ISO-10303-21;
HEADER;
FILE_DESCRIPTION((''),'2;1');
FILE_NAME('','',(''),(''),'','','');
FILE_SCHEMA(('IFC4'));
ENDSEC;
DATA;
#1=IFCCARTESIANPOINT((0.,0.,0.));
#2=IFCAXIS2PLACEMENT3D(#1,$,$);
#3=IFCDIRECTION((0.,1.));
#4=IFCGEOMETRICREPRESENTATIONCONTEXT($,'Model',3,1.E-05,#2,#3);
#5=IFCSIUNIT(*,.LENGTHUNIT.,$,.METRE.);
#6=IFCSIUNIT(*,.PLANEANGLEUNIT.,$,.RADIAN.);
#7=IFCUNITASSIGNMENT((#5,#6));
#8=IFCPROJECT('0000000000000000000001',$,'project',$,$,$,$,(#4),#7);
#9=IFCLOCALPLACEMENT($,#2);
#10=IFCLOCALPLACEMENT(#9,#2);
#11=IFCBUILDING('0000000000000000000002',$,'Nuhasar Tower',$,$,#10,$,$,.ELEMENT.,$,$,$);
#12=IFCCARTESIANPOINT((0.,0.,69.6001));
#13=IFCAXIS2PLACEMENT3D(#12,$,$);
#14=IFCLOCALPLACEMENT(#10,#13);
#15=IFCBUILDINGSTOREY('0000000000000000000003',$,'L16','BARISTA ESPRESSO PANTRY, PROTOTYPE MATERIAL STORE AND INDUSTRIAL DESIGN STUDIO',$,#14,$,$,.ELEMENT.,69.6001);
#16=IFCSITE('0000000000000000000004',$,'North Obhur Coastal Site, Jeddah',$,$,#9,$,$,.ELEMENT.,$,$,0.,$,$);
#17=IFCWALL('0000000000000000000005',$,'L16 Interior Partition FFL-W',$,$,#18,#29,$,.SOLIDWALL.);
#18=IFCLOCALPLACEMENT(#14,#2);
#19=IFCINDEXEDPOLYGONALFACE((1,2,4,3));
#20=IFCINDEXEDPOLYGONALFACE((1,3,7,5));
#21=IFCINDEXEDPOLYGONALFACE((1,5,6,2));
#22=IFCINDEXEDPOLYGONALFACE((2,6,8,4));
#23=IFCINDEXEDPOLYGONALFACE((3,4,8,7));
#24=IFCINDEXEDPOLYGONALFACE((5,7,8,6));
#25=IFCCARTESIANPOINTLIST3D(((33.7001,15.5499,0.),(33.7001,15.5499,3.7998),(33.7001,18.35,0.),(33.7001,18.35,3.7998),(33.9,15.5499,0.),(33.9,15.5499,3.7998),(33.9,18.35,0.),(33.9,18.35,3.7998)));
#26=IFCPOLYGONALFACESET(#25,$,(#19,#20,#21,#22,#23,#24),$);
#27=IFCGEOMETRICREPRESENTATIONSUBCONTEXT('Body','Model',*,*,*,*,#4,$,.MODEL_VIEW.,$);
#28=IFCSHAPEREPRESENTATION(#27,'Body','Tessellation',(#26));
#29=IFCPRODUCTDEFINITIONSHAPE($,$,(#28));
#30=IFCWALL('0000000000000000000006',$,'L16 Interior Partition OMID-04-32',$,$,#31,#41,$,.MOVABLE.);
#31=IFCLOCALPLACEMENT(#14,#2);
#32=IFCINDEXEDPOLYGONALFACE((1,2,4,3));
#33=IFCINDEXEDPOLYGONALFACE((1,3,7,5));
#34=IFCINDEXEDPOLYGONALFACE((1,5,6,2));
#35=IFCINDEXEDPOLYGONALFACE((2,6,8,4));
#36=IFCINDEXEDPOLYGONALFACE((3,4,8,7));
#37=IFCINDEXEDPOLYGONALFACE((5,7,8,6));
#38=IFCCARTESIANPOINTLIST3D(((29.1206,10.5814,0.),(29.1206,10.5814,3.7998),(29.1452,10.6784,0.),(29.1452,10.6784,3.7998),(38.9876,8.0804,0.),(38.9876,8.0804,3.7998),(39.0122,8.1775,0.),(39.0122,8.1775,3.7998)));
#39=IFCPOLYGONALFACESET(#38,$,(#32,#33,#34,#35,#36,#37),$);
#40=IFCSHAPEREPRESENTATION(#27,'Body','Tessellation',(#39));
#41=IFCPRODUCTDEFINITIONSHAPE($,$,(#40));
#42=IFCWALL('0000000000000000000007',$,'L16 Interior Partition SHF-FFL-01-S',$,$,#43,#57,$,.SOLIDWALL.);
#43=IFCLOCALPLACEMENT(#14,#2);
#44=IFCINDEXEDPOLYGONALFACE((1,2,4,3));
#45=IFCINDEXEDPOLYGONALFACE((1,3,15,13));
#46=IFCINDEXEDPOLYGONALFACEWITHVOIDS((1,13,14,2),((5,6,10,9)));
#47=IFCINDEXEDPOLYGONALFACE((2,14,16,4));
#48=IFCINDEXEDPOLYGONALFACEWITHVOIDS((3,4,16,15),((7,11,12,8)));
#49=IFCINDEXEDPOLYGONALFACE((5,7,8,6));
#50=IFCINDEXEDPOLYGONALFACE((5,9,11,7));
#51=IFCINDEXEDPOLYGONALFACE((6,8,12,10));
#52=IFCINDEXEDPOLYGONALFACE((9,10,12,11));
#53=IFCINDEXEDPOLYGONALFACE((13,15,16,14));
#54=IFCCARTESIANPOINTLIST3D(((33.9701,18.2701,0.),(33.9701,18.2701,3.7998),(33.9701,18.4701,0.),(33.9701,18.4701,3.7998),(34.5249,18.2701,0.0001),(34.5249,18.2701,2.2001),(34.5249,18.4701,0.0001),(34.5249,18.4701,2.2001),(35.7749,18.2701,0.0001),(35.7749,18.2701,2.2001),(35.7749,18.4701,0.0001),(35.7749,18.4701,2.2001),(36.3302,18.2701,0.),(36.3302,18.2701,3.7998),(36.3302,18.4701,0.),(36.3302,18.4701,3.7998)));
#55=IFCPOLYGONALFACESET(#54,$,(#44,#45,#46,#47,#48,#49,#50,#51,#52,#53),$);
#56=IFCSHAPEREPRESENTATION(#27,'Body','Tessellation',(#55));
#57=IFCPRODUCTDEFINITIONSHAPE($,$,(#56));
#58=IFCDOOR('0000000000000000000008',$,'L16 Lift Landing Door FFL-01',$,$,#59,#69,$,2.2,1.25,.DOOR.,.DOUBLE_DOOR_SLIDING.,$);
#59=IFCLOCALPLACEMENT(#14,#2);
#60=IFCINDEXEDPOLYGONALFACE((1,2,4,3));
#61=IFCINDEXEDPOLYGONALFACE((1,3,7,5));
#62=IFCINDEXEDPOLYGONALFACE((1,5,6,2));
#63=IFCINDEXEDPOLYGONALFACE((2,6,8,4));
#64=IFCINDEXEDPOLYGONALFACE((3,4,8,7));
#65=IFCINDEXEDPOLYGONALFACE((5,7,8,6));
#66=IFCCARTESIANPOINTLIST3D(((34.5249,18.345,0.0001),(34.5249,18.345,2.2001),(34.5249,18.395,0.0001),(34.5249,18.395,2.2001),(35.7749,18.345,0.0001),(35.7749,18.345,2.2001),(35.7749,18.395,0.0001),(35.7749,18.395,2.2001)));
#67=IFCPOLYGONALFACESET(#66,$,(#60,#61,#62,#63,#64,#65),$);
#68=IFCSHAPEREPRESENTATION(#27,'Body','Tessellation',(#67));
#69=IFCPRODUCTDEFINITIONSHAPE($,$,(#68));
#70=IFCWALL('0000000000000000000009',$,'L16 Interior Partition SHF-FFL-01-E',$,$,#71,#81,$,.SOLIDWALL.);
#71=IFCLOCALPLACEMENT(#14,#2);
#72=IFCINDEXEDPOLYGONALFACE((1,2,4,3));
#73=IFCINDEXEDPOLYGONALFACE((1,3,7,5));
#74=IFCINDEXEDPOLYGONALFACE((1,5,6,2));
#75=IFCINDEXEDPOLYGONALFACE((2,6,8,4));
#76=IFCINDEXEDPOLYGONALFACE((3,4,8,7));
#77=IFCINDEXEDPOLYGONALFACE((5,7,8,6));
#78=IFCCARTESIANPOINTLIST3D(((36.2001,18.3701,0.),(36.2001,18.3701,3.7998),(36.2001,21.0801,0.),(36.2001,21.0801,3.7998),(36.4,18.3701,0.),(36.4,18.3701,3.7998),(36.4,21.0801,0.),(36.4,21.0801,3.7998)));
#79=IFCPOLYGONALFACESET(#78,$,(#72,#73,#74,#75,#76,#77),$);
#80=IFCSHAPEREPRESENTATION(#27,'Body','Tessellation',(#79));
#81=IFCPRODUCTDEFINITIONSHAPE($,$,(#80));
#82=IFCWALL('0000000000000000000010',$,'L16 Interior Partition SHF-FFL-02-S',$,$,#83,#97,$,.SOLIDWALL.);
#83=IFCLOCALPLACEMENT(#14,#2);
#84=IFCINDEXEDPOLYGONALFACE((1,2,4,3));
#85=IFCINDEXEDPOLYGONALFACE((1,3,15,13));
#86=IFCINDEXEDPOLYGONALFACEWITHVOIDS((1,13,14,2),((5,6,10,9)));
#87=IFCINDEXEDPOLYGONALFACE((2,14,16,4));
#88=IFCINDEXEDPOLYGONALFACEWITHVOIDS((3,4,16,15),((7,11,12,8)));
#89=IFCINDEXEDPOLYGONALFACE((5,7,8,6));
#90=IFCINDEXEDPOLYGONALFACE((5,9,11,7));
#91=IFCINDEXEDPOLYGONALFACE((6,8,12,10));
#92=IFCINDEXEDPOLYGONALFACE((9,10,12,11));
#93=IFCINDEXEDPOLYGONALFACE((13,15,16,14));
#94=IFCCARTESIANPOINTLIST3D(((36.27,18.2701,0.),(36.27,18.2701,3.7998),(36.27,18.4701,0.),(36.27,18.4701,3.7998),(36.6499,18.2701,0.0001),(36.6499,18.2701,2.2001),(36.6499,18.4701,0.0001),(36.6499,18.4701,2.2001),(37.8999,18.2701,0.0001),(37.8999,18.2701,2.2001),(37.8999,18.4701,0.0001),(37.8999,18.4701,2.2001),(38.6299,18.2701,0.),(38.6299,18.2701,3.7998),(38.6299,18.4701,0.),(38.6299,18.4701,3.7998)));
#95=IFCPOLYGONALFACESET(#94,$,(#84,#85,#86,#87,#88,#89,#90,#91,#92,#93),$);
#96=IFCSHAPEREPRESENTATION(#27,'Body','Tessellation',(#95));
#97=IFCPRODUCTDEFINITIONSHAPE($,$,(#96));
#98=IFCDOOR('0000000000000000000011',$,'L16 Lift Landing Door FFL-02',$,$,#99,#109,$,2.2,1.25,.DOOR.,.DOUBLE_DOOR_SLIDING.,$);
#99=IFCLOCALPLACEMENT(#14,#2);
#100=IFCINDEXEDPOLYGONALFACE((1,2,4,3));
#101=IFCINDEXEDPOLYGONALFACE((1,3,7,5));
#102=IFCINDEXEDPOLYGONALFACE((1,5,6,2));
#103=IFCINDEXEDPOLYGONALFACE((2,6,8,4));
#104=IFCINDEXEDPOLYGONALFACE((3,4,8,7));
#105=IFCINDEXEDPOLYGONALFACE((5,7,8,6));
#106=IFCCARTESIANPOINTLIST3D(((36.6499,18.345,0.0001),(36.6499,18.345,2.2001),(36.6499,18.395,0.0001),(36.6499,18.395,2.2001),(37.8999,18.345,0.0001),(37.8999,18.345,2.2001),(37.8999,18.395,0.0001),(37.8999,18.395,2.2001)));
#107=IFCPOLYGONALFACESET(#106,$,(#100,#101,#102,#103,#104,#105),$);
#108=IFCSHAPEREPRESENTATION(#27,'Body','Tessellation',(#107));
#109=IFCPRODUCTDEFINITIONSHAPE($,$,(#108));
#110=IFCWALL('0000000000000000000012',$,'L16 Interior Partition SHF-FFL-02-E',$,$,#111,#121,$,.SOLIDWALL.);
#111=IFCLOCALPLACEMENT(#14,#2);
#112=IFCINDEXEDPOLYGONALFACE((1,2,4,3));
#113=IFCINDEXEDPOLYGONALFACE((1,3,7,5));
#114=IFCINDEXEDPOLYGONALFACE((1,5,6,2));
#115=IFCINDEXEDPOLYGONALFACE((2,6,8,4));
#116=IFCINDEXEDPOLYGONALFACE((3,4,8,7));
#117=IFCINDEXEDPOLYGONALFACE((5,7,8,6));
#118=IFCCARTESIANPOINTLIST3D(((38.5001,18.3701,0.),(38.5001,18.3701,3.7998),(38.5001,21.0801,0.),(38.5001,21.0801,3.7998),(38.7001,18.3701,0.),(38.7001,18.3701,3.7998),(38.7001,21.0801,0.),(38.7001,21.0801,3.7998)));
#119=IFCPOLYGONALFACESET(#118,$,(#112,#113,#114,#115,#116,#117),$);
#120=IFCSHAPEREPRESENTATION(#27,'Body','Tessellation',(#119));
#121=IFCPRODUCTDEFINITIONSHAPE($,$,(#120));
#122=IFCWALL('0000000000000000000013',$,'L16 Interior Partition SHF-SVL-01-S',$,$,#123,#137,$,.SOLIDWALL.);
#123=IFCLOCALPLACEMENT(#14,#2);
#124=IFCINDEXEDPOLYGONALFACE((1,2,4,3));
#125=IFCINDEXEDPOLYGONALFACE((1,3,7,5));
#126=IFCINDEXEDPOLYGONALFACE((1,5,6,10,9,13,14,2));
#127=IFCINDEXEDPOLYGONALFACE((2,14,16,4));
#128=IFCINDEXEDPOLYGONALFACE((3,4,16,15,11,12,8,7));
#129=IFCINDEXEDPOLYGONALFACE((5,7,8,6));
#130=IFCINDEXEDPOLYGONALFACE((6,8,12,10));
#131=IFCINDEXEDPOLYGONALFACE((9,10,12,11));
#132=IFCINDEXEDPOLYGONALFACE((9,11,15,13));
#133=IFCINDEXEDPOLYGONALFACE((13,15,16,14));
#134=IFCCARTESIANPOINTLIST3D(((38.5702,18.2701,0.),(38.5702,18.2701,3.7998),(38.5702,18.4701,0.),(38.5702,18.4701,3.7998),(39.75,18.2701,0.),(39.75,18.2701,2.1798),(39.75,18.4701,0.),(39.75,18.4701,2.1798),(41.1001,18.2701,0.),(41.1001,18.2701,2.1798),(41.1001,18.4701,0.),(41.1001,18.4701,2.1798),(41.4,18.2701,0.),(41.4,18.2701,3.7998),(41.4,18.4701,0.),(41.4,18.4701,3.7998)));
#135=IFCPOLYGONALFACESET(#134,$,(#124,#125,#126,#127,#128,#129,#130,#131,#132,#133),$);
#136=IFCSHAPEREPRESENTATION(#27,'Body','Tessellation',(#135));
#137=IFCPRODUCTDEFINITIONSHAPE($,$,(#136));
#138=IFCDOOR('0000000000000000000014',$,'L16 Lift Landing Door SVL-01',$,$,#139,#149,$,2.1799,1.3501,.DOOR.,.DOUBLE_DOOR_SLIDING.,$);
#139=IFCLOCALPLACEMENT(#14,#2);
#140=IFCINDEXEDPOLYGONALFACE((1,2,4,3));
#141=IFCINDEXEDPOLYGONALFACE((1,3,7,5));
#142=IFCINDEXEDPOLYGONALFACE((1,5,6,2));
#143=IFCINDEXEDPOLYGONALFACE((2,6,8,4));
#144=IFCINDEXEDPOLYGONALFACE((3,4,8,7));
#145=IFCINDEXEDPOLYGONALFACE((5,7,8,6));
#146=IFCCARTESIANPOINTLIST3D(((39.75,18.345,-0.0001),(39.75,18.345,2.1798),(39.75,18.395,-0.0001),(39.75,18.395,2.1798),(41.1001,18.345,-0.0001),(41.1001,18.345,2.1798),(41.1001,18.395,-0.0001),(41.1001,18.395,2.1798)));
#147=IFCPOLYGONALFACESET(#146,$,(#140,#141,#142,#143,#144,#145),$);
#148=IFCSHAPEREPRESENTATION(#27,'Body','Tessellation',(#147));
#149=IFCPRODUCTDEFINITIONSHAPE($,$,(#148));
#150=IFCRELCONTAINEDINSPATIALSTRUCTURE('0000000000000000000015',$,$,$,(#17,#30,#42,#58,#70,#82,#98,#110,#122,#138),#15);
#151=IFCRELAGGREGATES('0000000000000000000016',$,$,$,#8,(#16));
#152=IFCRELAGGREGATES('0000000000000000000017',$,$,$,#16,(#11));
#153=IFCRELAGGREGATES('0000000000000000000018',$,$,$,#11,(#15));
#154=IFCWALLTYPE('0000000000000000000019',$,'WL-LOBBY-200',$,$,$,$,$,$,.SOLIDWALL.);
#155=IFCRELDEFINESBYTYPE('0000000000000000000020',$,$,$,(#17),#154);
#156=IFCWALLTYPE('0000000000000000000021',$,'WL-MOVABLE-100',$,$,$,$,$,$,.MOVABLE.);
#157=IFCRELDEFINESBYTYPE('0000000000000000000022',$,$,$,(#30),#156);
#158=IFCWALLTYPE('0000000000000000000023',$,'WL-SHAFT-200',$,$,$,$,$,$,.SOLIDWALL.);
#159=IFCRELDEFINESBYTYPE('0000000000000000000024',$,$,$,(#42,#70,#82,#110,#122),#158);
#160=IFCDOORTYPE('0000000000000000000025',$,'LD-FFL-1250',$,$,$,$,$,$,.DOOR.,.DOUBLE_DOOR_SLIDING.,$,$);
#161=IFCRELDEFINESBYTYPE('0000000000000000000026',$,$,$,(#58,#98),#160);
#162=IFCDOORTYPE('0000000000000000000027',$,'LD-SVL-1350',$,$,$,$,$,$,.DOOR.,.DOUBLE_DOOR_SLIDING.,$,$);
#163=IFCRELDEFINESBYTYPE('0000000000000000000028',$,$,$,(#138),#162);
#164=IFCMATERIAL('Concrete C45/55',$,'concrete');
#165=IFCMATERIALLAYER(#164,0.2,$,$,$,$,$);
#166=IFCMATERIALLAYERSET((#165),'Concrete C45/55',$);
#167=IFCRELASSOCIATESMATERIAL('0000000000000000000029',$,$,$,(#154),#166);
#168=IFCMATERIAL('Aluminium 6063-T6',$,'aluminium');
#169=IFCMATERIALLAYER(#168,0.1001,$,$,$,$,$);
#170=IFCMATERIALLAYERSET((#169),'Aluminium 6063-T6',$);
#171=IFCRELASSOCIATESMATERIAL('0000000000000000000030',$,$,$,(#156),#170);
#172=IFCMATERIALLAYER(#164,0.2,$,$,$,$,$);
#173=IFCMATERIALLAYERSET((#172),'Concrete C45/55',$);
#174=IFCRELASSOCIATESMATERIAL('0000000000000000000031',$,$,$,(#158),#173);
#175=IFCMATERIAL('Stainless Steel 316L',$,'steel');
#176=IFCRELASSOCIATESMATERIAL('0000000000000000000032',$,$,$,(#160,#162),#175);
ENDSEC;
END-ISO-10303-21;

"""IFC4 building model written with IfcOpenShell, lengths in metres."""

from ifc_helpers import new_model, si_unit, direction, frame, frame_2d, origin, place, context, subcontext, project, spatial, rectangle, extrude, material, layer, layer_set, type_object, element, fill, save


model = new_model("IFC4")

# Units and contexts
model_context = context("Model", 3, precision=1e-05, world=origin(), true_north=direction((0.0, 1.0)))
body_context = subcontext(model_context, "Body", "Model", "MODEL_VIEW")
ifc_project = project(units=[si_unit("LENGTHUNIT", "METRE"), si_unit("PLANEANGLEUNIT", "RADIAN")], contexts=[model_context])

# Site, building, storey
site_placement = place(None, origin())
site = spatial("IfcSite", under=ifc_project, at=site_placement, Name="North Obhur Coastal Site, Jeddah", CompositionType="ELEMENT", RefElevation=0.0)
building_placement = place(site_placement, origin())
building = spatial("IfcBuilding", under=site, at=building_placement, Name="Nuhasar Tower", CompositionType="ELEMENT")
storey_placement = place(building_placement, frame((0.0, 0.0, 69.6001)))
storey = spatial("IfcBuildingStorey", under=building, at=storey_placement, Name="L16", Description="BARISTA ESPRESSO PANTRY, PROTOTYPE MATERIAL STORE AND INDUSTRIAL DESIGN STUDIO", CompositionType="ELEMENT", Elevation=69.6001)

# Shared definitions
ifc_material_1 = material(Name="Aluminium 6063-T6", Category="aluminium")

# Walls
ifc_material_2 = material(Name="Concrete C45/55", Category="concrete")
ifc_layer_1 = layer(ifc_material_2, 0.2)
ifc_layer_set_1 = layer_set([ifc_layer_1], Name="Concrete C45/55")
wall_type_1 = type_object("IfcWallType", Name="WL-LOBBY-200", PredefinedType="SOLIDWALL", material=ifc_layer_set_1)
wall_1_placement = place(storey_placement, frame((33.8, 15.55, 0.0), z_axis=(0.0, 0.0, 1.0), x_axis=(0.0, 1.0, 0.0)))
element("IfcWall", 1, at=wall_1_placement, inside=storey, type_object=wall_type_1, Name="L16 Interior Partition FFL-W", PredefinedType="SOLIDWALL", context=body_context, shape_type="SweptSolid", body=[
    extrude(rectangle(XDim=2.8, YDim=0.2, at=frame_2d((1.3999, 0.0))), origin(), (0.0, 0.0, 1.0), 3.7998),
])
ifc_layer_2 = layer(ifc_material_1, 0.1001)
ifc_layer_set_2 = layer_set([ifc_layer_2], Name="Aluminium 6063-T6")
wall_type_2 = type_object("IfcWallType", Name="WL-MOVABLE-100", PredefinedType="MOVABLE", material=ifc_layer_set_2)
wall_2_placement = place(storey_placement, frame((29.1331, 10.6299, 0.0), z_axis=(0.0, 0.0, 1.0), x_axis=(0.969346, -0.2457, 0.0)))
element("IfcWall", 2, at=wall_2_placement, inside=storey, type_object=wall_type_2, Name="L16 Interior Partition OMID-04-32", PredefinedType="MOVABLE", context=body_context, shape_type="SweptSolid", body=[
    extrude(rectangle(XDim=10.179, YDim=0.1001, at=frame_2d((5.0894, 0.0))), origin(), (0.0, 0.0, 1.0), 3.7998),
])

# Wall, opening, door
ifc_layer_3 = layer(ifc_material_2, 0.2)
ifc_layer_set_3 = layer_set([ifc_layer_3], Name="Concrete C45/55")
wall_type_3 = type_object("IfcWallType", Name="WL-SHAFT-200", PredefinedType="SOLIDWALL", material=ifc_layer_set_3)
wall_3_placement = place(storey_placement, frame((33.97, 18.3701, 0.0), z_axis=(0.0, 0.0, 1.0), x_axis=(1.0, 0.0, 0.0)))
wall_3 = element("IfcWall", 3, at=wall_3_placement, inside=storey, type_object=wall_type_3, Name="L16 Interior Partition SHF-FFL-01-S", PredefinedType="SOLIDWALL", context=body_context, shape_type="SweptSolid", body=[
    extrude(rectangle(XDim=2.3601, YDim=0.2, at=frame_2d((1.1802, 0.0))), origin(), (0.0, 0.0, 1.0), 3.7998),
])
opening_1_placement = place(wall_3_placement, frame((0.5549, 0.0, 0.0)))
opening_1 = element("IfcOpeningElement", 4, at=opening_1_placement, cuts=wall_3, PredefinedType="OPENING", context=body_context, shape_type="SweptSolid", body=[
    extrude(rectangle(XDim=1.25, YDim=2.2, at=frame_2d((0.625, 1.1001))), frame((0.0, 0.1099, 0.0), z_axis=(0.0, -1.0, 0.0), x_axis=(1.0, 0.0, 0.0)), (0.0, 0.0, 1.0), 0.22),
])
ifc_material_3 = material(Name="Stainless Steel 316L", Category="steel")
door_type_1 = type_object("IfcDoorType", Name="LD-FFL-1250", OperationType="DOUBLE_DOOR_SLIDING", PredefinedType="DOOR", material=ifc_material_3)
door_1_placement = place(opening_1_placement, origin())
door_1 = element("IfcDoor", 5, at=door_1_placement, inside=storey, type_object=door_type_1, Name="L16 Lift Landing Door FFL-01", OperationType="DOUBLE_DOOR_SLIDING", OverallHeight=2.2, OverallWidth=1.25, PredefinedType="DOOR", context=body_context, shape_type="SweptSolid", body=[
    extrude(rectangle(XDim=1.25, YDim=2.2, at=frame_2d((0.625, 1.1001))), frame((0.0, 0.0249, 0.0), z_axis=(0.0, -1.0, 0.0), x_axis=(1.0, 0.0, 0.0)), (0.0, 0.0, 1.0), 0.05),
])
fill(opening_1, door_1)

# Wall
wall_4_placement = place(storey_placement, frame((36.3, 18.3701, 0.0), z_axis=(0.0, 0.0, 1.0), x_axis=(0.0, 1.0, 0.0)))
element("IfcWall", 6, at=wall_4_placement, inside=storey, type_object=wall_type_3, Name="L16 Interior Partition SHF-FFL-01-E", PredefinedType="SOLIDWALL", context=body_context, shape_type="SweptSolid", body=[
    extrude(rectangle(XDim=2.71, YDim=0.2, at=frame_2d((1.355, 0.0))), origin(), (0.0, 0.0, 1.0), 3.7998),
])

# Wall, opening, door
wall_5_placement = place(storey_placement, frame((36.27, 18.3701, 0.0), z_axis=(0.0, 0.0, 1.0), x_axis=(1.0, 0.0, 0.0)))
wall_5 = element("IfcWall", 7, at=wall_5_placement, inside=storey, type_object=wall_type_3, Name="L16 Interior Partition SHF-FFL-02-S", PredefinedType="SOLIDWALL", context=body_context, shape_type="SweptSolid", body=[
    extrude(rectangle(XDim=2.3599, YDim=0.2, at=frame_2d((1.1799, 0.0))), origin(), (0.0, 0.0, 1.0), 3.7998),
])
opening_2_placement = place(wall_5_placement, frame((0.3799, 0.0, 0.0)))
opening_2 = element("IfcOpeningElement", 8, at=opening_2_placement, cuts=wall_5, PredefinedType="OPENING", context=body_context, shape_type="SweptSolid", body=[
    extrude(rectangle(XDim=1.25, YDim=2.2, at=frame_2d((0.625, 1.1001))), frame((0.0, 0.1099, 0.0), z_axis=(0.0, -1.0, 0.0), x_axis=(1.0, 0.0, 0.0)), (0.0, 0.0, 1.0), 0.22),
])
door_2_placement = place(opening_2_placement, origin())
door_2 = element("IfcDoor", 9, at=door_2_placement, inside=storey, type_object=door_type_1, Name="L16 Lift Landing Door FFL-02", OperationType="DOUBLE_DOOR_SLIDING", OverallHeight=2.2, OverallWidth=1.25, PredefinedType="DOOR", context=body_context, shape_type="SweptSolid", body=[
    extrude(rectangle(XDim=1.25, YDim=2.2, at=frame_2d((0.625, 1.1001))), frame((0.0, 0.0249, 0.0), z_axis=(0.0, -1.0, 0.0), x_axis=(1.0, 0.0, 0.0)), (0.0, 0.0, 1.0), 0.05),
])
fill(opening_2, door_2)

# Wall
wall_6_placement = place(storey_placement, frame((38.6001, 18.3701, 0.0), z_axis=(0.0, 0.0, 1.0), x_axis=(0.0, 1.0, 0.0)))
element("IfcWall", 10, at=wall_6_placement, inside=storey, type_object=wall_type_3, Name="L16 Interior Partition SHF-FFL-02-E", PredefinedType="SOLIDWALL", context=body_context, shape_type="SweptSolid", body=[
    extrude(rectangle(XDim=2.71, YDim=0.2, at=frame_2d((1.355, 0.0))), origin(), (0.0, 0.0, 1.0), 3.7998),
])

# Wall, opening, door
wall_7_placement = place(storey_placement, frame((38.5701, 18.3701, 0.0), z_axis=(0.0, 0.0, 1.0), x_axis=(1.0, 0.0, 0.0)))
wall_7 = element("IfcWall", 11, at=wall_7_placement, inside=storey, type_object=wall_type_3, Name="L16 Interior Partition SHF-SVL-01-S", PredefinedType="SOLIDWALL", context=body_context, shape_type="SweptSolid", body=[
    extrude(rectangle(XDim=2.8298, YDim=0.2, at=frame_2d((1.415, 0.0))), origin(), (0.0, 0.0, 1.0), 3.7998),
])
opening_3_placement = place(wall_7_placement, frame((1.1799, 0.0, 0.0)))
opening_3 = element("IfcOpeningElement", 12, at=opening_3_placement, cuts=wall_7, PredefinedType="OPENING", context=body_context, shape_type="SweptSolid", body=[
    extrude(rectangle(XDim=1.3501, YDim=2.1799, at=frame_2d((0.675, 1.0898))), frame((0.0, 0.1099, 0.0), z_axis=(0.0, -1.0, 0.0), x_axis=(1.0, 0.0, 0.0)), (0.0, 0.0, 1.0), 0.22),
])
door_type_2 = type_object("IfcDoorType", Name="LD-SVL-1350", OperationType="DOUBLE_DOOR_SLIDING", PredefinedType="DOOR", material=ifc_material_3)
door_3_placement = place(opening_3_placement, origin())
door_3 = element("IfcDoor", 13, at=door_3_placement, inside=storey, type_object=door_type_2, Name="L16 Lift Landing Door SVL-01", OperationType="DOUBLE_DOOR_SLIDING", OverallHeight=2.1799, OverallWidth=1.3501, PredefinedType="DOOR", context=body_context, shape_type="SweptSolid", body=[
    extrude(rectangle(XDim=1.3501, YDim=2.1799, at=frame_2d((0.675, 1.0898))), frame((0.0, 0.0249, 0.0), z_axis=(0.0, -1.0, 0.0), x_axis=(1.0, 0.0, 0.0)), (0.0, 0.0, 1.0), 0.05),
])
fill(opening_3, door_3)

save(model, "model.ifc")
